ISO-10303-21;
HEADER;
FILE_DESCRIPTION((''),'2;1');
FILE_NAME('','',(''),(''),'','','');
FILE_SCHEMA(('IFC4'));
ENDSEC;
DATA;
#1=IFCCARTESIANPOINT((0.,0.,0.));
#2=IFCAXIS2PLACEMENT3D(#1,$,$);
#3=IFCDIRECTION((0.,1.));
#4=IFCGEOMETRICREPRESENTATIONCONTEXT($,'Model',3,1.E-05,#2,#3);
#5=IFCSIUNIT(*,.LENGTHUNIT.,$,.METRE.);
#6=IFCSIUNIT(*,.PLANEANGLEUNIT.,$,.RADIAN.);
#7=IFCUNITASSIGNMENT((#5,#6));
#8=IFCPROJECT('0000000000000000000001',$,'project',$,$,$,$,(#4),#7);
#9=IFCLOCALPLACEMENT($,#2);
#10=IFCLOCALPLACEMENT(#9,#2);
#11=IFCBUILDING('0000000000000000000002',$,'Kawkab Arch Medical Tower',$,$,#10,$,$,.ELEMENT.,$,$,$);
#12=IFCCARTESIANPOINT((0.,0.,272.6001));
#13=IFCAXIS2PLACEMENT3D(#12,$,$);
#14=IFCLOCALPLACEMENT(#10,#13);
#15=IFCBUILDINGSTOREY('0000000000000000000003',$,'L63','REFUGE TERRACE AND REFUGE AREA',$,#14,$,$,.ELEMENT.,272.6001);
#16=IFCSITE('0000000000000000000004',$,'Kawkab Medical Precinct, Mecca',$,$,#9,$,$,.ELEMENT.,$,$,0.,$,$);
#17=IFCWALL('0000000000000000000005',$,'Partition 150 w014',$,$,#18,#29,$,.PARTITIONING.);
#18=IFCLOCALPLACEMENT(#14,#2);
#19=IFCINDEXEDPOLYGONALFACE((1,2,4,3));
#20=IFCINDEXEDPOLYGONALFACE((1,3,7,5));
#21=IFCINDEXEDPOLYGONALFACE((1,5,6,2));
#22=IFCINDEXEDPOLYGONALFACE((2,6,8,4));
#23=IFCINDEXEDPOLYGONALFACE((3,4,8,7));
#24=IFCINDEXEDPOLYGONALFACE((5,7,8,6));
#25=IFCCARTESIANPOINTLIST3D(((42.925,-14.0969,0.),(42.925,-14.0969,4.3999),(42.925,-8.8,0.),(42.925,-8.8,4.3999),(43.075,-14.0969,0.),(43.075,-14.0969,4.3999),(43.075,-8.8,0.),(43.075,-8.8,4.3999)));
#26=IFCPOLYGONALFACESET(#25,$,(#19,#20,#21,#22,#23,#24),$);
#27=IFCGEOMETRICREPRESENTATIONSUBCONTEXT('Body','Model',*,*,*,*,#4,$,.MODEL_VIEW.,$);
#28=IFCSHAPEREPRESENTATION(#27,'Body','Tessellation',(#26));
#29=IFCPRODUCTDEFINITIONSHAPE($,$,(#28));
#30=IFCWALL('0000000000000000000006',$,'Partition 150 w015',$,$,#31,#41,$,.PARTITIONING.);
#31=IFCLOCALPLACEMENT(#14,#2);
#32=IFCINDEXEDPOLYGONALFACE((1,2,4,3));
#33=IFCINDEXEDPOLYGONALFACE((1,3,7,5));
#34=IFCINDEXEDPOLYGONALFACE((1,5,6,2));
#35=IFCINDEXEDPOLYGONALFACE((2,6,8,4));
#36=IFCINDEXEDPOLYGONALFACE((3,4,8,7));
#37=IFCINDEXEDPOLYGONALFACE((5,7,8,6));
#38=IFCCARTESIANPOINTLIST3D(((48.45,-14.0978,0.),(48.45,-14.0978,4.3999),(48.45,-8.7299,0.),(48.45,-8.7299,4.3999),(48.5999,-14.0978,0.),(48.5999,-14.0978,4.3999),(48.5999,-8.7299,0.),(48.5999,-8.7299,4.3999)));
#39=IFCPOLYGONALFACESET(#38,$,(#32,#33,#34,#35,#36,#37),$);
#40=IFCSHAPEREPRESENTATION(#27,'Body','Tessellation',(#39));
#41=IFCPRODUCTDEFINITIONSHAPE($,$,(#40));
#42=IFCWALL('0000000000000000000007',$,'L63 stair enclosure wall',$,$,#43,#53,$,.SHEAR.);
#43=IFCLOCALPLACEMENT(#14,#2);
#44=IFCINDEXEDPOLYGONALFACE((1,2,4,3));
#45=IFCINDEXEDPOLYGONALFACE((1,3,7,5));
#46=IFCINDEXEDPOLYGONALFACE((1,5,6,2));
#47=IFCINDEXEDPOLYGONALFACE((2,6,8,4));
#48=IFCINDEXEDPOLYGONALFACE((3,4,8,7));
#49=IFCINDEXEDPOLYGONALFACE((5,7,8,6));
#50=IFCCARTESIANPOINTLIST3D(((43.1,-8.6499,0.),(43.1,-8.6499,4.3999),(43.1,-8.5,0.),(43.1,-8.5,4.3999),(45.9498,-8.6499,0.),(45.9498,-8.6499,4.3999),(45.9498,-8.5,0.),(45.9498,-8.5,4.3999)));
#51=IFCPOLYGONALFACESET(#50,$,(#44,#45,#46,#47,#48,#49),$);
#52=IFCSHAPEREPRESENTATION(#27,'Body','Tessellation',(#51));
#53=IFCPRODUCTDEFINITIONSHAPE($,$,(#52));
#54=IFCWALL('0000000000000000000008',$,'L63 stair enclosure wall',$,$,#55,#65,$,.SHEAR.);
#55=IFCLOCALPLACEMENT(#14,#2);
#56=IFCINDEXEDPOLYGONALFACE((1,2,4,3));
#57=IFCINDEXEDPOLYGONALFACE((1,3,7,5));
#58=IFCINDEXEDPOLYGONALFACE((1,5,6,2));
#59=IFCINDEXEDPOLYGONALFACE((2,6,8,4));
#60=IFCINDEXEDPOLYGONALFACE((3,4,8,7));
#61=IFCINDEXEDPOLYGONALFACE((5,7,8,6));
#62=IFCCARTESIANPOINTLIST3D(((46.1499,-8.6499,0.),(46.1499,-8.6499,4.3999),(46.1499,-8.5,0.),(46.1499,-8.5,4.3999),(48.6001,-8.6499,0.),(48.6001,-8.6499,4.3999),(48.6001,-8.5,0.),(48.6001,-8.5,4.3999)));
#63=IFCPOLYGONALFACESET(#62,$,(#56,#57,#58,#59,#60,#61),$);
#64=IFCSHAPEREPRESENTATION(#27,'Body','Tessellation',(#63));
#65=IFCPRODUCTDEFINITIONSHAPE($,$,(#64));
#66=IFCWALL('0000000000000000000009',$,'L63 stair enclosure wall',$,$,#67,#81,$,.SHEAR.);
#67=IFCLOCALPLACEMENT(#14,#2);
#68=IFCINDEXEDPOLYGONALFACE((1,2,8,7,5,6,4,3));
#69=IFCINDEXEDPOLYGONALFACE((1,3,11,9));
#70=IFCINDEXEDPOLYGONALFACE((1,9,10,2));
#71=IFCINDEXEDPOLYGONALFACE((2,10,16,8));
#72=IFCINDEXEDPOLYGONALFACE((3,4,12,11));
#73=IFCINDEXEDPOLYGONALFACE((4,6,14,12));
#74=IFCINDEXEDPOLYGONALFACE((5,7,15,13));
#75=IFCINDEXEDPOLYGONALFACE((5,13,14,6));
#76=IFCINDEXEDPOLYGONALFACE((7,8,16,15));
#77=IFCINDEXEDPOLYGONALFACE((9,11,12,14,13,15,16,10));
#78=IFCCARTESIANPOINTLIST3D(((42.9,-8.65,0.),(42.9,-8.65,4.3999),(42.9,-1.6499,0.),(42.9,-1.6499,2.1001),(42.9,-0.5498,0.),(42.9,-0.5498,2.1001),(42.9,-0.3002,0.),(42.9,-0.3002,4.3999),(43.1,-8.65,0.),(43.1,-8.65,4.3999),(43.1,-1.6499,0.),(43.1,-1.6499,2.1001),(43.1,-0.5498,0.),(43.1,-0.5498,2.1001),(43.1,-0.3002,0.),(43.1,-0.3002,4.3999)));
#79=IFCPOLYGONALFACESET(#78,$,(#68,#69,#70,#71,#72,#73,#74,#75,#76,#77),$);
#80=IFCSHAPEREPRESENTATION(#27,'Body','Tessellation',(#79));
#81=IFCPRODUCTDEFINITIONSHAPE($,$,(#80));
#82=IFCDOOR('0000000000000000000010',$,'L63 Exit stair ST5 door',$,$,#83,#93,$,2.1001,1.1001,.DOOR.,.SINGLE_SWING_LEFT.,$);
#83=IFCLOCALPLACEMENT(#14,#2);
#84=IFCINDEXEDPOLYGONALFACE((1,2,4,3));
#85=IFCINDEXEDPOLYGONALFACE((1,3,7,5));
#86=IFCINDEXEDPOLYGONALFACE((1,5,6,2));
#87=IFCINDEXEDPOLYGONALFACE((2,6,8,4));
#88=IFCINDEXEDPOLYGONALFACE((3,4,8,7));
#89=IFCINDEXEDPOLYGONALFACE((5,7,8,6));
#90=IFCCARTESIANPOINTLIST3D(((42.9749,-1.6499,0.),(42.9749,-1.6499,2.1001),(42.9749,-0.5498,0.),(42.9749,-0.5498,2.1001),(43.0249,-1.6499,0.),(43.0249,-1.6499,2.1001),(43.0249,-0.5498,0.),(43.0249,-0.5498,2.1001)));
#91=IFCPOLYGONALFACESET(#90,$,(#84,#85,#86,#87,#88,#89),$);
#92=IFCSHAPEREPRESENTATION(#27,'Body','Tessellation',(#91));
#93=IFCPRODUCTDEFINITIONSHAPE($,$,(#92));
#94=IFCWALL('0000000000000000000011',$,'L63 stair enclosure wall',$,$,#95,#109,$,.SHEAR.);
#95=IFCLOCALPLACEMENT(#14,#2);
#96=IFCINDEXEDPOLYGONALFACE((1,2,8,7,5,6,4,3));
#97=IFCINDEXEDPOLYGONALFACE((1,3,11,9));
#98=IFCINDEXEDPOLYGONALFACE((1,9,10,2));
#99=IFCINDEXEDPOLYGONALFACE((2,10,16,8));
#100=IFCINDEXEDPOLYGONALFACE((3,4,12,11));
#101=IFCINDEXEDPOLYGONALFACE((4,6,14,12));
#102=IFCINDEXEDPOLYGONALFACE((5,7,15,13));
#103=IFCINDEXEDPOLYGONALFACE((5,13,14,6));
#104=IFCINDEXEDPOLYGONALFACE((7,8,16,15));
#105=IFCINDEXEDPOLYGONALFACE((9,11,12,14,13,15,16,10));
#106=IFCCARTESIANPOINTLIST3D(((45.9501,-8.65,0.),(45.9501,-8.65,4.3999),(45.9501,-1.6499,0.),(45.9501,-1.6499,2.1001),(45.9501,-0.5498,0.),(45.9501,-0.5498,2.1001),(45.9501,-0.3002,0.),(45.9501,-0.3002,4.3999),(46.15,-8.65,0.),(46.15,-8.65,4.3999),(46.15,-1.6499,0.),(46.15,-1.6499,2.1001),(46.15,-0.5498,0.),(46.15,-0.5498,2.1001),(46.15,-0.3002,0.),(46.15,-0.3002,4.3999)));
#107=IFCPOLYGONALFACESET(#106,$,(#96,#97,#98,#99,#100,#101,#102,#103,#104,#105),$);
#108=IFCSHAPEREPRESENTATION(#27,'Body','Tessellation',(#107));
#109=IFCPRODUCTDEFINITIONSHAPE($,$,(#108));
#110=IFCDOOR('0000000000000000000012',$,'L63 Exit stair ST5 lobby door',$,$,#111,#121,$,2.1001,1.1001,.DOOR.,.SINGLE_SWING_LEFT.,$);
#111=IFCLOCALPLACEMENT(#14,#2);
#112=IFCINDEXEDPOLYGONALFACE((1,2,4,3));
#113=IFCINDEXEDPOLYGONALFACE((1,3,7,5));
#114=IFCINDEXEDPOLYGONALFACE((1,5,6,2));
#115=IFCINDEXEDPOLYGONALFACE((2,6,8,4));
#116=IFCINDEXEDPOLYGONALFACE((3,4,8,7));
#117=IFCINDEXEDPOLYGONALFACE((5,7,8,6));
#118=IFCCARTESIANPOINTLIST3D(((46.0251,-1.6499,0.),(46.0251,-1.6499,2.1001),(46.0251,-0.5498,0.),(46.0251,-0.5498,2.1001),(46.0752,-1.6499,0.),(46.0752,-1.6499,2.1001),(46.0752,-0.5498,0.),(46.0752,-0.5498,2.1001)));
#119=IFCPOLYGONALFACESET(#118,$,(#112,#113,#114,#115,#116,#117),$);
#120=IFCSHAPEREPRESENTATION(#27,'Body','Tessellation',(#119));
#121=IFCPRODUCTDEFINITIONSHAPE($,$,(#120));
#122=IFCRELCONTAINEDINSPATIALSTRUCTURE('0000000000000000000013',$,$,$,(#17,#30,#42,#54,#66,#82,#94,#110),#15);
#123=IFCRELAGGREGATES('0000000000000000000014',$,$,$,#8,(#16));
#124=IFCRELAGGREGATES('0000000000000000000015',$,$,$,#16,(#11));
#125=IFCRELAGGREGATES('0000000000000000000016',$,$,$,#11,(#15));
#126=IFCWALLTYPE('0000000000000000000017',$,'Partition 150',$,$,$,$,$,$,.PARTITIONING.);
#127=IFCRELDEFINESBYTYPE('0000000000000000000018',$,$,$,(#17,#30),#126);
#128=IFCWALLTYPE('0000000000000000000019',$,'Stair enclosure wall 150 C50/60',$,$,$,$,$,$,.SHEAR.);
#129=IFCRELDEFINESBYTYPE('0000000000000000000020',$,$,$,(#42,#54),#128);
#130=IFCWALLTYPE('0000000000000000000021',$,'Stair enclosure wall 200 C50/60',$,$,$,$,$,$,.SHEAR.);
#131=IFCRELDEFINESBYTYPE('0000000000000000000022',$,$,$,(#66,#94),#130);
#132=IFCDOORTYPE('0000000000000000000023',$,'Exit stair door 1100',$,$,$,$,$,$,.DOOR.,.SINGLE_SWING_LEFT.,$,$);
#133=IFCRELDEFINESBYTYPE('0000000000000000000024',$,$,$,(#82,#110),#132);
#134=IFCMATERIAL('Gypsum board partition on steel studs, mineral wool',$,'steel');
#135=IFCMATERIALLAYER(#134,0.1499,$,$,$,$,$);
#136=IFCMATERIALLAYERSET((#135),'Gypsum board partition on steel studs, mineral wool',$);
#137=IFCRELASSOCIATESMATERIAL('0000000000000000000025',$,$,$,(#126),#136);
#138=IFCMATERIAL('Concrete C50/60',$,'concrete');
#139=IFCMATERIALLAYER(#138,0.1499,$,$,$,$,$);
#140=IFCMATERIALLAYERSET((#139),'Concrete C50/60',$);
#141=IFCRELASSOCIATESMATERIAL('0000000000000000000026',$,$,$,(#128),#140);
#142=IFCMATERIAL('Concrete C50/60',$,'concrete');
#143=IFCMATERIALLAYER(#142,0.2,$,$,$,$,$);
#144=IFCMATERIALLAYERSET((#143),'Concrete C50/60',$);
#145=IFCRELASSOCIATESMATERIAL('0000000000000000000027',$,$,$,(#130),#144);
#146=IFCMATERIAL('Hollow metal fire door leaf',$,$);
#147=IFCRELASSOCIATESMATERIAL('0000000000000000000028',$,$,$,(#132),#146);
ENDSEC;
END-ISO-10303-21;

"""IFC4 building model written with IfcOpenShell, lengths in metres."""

from ifc_helpers import new_model, si_unit, direction, frame, frame_2d, origin, place, context, subcontext, project, spatial, rectangle, extrude, material, layer, layer_set, type_object, element, fill, save


model = new_model("IFC4")

# Units and contexts
model_context = context("Model", 3, precision=1e-05, world=origin(), true_north=direction((0.0, 1.0)))
body_context = subcontext(model_context, "Body", "Model", "MODEL_VIEW")
ifc_project = project(units=[si_unit("LENGTHUNIT", "METRE"), si_unit("PLANEANGLEUNIT", "RADIAN")], contexts=[model_context])

# Site, building, storey
site_placement = place(None, origin())
site = spatial("IfcSite", under=ifc_project, at=site_placement, Name="Kawkab Medical Precinct, Mecca", CompositionType="ELEMENT", RefElevation=0.0)
building_placement = place(site_placement, origin())
building = spatial("IfcBuilding", under=site, at=building_placement, Name="Kawkab Arch Medical Tower", CompositionType="ELEMENT")
storey_placement = place(building_placement, frame((0.0, 0.0, 272.6001)))
storey = spatial("IfcBuildingStorey", under=building, at=storey_placement, Name="L63", Description="REFUGE TERRACE AND REFUGE AREA", CompositionType="ELEMENT", Elevation=272.6001)

# Shared definitions
ifc_material_1 = material(Name="Gypsum board partition on steel studs, mineral wool", Category="steel")
ifc_layer_1 = layer(ifc_material_1, 0.1499)
ifc_layer_set_1 = layer_set([ifc_layer_1], Name="Gypsum board partition on steel studs, mineral wool")
wall_type_1 = type_object("IfcWallType", Name="Partition 150", PredefinedType="PARTITIONING", material=ifc_layer_set_1)

# Walls
wall_1_placement = place(storey_placement, frame((43.0, -14.0969, 0.0), z_axis=(0.0, 0.0, 1.0), x_axis=(0.0, 1.0, 0.0)))
element("IfcWall", 1, at=wall_1_placement, inside=storey, type_object=wall_type_1, Name="Partition 150 w014", PredefinedType="PARTITIONING", context=body_context, shape_type="SweptSolid", body=[
    extrude(rectangle(XDim=5.2969, YDim=0.1499, at=frame_2d((2.6484, 0.0))), origin(), (0.0, 0.0, 1.0), 4.3999),
])
wall_2_placement = place(storey_placement, frame((48.5249, -14.0979, 0.0), z_axis=(0.0, 0.0, 1.0), x_axis=(0.0, 1.0, 0.0)))
element("IfcWall", 2, at=wall_2_placement, inside=storey, type_object=wall_type_1, Name="Partition 150 w015", PredefinedType="PARTITIONING", context=body_context, shape_type="SweptSolid", body=[
    extrude(rectangle(XDim=5.3679, YDim=0.1499, at=frame_2d((2.6841, 0.0))), origin(), (0.0, 0.0, 1.0), 4.3999),
])
ifc_material_2 = material(Name="Concrete C50/60", Category="concrete")
ifc_layer_2 = layer(ifc_material_2, 0.1499)
ifc_layer_set_2 = layer_set([ifc_layer_2], Name="Concrete C50/60")
wall_type_2 = type_object("IfcWallType", Name="Stair enclosure wall 150 C50/60", PredefinedType="SHEAR", material=ifc_layer_set_2)
wall_3_placement = place(storey_placement, frame((43.1001, -8.575, 0.0), z_axis=(0.0, 0.0, 1.0), x_axis=(1.0, 0.0, 0.0)))
element("IfcWall", 3, at=wall_3_placement, inside=storey, type_object=wall_type_2, Name="L63 stair enclosure wall", PredefinedType="SHEAR", context=body_context, shape_type="SweptSolid", body=[
    extrude(rectangle(XDim=2.8499, YDim=0.1499, at=frame_2d((1.4248, 0.0))), origin(), (0.0, 0.0, 1.0), 4.3999),
])
wall_4_placement = place(storey_placement, frame((46.1499, -8.575, 0.0), z_axis=(0.0, 0.0, 1.0), x_axis=(1.0, 0.0, 0.0)))
element("IfcWall", 4, at=wall_4_placement, inside=storey, type_object=wall_type_2, Name="L63 stair enclosure wall", PredefinedType="SHEAR", context=body_context, shape_type="SweptSolid", body=[
    extrude(rectangle(XDim=2.4502, YDim=0.1499, at=frame_2d((1.2251, 0.0))), origin(), (0.0, 0.0, 1.0), 4.3999),
])

# Walls, openings, doors
ifc_material_3 = material(Name="Concrete C50/60", Category="concrete")
ifc_layer_3 = layer(ifc_material_3, 0.2)
ifc_layer_set_3 = layer_set([ifc_layer_3], Name="Concrete C50/60")
wall_type_3 = type_object("IfcWallType", Name="Stair enclosure wall 200 C50/60", PredefinedType="SHEAR", material=ifc_layer_set_3)
wall_5_placement = place(storey_placement, frame((43.0, -8.6499, 0.0), z_axis=(0.0, 0.0, 1.0), x_axis=(0.0, 1.0, 0.0)))
wall_5 = element("IfcWall", 5, at=wall_5_placement, inside=storey, type_object=wall_type_3, Name="L63 stair enclosure wall", PredefinedType="SHEAR", context=body_context, shape_type="SweptSolid", body=[
    extrude(rectangle(XDim=8.3499, YDim=0.2, at=frame_2d((4.1748, 0.0))), origin(), (0.0, 0.0, 1.0), 4.3999),
])
opening_1_placement = place(wall_5_placement, frame((7.0, 0.0, 0.0)))
opening_1 = element("IfcOpeningElement", 6, at=opening_1_placement, cuts=wall_5, PredefinedType="OPENING", context=body_context, shape_type="SweptSolid", body=[
    extrude(rectangle(XDim=1.1001, YDim=2.1001, at=frame_2d((0.55, 1.05))), frame((0.0, 0.1099, 0.0), z_axis=(0.0, -1.0, 0.0), x_axis=(1.0, 0.0, 0.0)), (0.0, 0.0, 1.0), 0.22),
])
ifc_material_4 = material(Name="Hollow metal fire door leaf")
door_type_1 = type_object("IfcDoorType", Name="Exit stair door 1100", OperationType="SINGLE_SWING_LEFT", PredefinedType="DOOR", material=ifc_material_4)
door_1_placement = place(opening_1_placement, frame((1.1001, 0.0, 0.0), z_axis=(0.0, 0.0, 1.0), x_axis=(-1.0, 0.0, 0.0)))
door_1 = element("IfcDoor", 7, at=door_1_placement, inside=storey, type_object=door_type_1, Name="L63 Exit stair ST5 door", OperationType="SINGLE_SWING_LEFT", OverallHeight=2.1001, OverallWidth=1.1001, PredefinedType="DOOR", context=body_context, shape_type="SweptSolid", body=[
    extrude(rectangle(XDim=1.1001, YDim=2.1001, at=frame_2d((0.55, 1.05))), frame((0.0, 0.0249, 0.0), z_axis=(0.0, -1.0, 0.0), x_axis=(1.0, 0.0, 0.0)), (0.0, 0.0, 1.0), 0.05),
])
fill(opening_1, door_1)
wall_6_placement = place(storey_placement, frame((46.05, -8.6499, 0.0), z_axis=(0.0, 0.0, 1.0), x_axis=(0.0, 1.0, 0.0)))
wall_6 = element("IfcWall", 8, at=wall_6_placement, inside=storey, type_object=wall_type_3, Name="L63 stair enclosure wall", PredefinedType="SHEAR", context=body_context, shape_type="SweptSolid", body=[
    extrude(rectangle(XDim=8.3499, YDim=0.2, at=frame_2d((4.1748, 0.0))), origin(), (0.0, 0.0, 1.0), 4.3999),
])
opening_2_placement = place(wall_6_placement, frame((7.0, 0.0, 0.0)))
opening_2 = element("IfcOpeningElement", 9, at=opening_2_placement, cuts=wall_6, PredefinedType="OPENING", context=body_context, shape_type="SweptSolid", body=[
    extrude(rectangle(XDim=1.1001, YDim=2.1001, at=frame_2d((0.55, 1.05))), frame((0.0, 0.1099, 0.0), z_axis=(0.0, -1.0, 0.0), x_axis=(1.0, 0.0, 0.0)), (0.0, 0.0, 1.0), 0.22),
])
door_2_placement = place(opening_2_placement, origin())
door_2 = element("IfcDoor", 10, at=door_2_placement, inside=storey, type_object=door_type_1, Name="L63 Exit stair ST5 lobby door", OperationType="SINGLE_SWING_LEFT", OverallHeight=2.1001, OverallWidth=1.1001, PredefinedType="DOOR", context=body_context, shape_type="SweptSolid", body=[
    extrude(rectangle(XDim=1.1001, YDim=2.1001, at=frame_2d((0.55, 1.05))), frame((0.0, 0.0249, 0.0), z_axis=(0.0, -1.0, 0.0), x_axis=(1.0, 0.0, 0.0)), (0.0, 0.0, 1.0), 0.05),
])
fill(opening_2, door_2)

save(model, "model.ifc")
